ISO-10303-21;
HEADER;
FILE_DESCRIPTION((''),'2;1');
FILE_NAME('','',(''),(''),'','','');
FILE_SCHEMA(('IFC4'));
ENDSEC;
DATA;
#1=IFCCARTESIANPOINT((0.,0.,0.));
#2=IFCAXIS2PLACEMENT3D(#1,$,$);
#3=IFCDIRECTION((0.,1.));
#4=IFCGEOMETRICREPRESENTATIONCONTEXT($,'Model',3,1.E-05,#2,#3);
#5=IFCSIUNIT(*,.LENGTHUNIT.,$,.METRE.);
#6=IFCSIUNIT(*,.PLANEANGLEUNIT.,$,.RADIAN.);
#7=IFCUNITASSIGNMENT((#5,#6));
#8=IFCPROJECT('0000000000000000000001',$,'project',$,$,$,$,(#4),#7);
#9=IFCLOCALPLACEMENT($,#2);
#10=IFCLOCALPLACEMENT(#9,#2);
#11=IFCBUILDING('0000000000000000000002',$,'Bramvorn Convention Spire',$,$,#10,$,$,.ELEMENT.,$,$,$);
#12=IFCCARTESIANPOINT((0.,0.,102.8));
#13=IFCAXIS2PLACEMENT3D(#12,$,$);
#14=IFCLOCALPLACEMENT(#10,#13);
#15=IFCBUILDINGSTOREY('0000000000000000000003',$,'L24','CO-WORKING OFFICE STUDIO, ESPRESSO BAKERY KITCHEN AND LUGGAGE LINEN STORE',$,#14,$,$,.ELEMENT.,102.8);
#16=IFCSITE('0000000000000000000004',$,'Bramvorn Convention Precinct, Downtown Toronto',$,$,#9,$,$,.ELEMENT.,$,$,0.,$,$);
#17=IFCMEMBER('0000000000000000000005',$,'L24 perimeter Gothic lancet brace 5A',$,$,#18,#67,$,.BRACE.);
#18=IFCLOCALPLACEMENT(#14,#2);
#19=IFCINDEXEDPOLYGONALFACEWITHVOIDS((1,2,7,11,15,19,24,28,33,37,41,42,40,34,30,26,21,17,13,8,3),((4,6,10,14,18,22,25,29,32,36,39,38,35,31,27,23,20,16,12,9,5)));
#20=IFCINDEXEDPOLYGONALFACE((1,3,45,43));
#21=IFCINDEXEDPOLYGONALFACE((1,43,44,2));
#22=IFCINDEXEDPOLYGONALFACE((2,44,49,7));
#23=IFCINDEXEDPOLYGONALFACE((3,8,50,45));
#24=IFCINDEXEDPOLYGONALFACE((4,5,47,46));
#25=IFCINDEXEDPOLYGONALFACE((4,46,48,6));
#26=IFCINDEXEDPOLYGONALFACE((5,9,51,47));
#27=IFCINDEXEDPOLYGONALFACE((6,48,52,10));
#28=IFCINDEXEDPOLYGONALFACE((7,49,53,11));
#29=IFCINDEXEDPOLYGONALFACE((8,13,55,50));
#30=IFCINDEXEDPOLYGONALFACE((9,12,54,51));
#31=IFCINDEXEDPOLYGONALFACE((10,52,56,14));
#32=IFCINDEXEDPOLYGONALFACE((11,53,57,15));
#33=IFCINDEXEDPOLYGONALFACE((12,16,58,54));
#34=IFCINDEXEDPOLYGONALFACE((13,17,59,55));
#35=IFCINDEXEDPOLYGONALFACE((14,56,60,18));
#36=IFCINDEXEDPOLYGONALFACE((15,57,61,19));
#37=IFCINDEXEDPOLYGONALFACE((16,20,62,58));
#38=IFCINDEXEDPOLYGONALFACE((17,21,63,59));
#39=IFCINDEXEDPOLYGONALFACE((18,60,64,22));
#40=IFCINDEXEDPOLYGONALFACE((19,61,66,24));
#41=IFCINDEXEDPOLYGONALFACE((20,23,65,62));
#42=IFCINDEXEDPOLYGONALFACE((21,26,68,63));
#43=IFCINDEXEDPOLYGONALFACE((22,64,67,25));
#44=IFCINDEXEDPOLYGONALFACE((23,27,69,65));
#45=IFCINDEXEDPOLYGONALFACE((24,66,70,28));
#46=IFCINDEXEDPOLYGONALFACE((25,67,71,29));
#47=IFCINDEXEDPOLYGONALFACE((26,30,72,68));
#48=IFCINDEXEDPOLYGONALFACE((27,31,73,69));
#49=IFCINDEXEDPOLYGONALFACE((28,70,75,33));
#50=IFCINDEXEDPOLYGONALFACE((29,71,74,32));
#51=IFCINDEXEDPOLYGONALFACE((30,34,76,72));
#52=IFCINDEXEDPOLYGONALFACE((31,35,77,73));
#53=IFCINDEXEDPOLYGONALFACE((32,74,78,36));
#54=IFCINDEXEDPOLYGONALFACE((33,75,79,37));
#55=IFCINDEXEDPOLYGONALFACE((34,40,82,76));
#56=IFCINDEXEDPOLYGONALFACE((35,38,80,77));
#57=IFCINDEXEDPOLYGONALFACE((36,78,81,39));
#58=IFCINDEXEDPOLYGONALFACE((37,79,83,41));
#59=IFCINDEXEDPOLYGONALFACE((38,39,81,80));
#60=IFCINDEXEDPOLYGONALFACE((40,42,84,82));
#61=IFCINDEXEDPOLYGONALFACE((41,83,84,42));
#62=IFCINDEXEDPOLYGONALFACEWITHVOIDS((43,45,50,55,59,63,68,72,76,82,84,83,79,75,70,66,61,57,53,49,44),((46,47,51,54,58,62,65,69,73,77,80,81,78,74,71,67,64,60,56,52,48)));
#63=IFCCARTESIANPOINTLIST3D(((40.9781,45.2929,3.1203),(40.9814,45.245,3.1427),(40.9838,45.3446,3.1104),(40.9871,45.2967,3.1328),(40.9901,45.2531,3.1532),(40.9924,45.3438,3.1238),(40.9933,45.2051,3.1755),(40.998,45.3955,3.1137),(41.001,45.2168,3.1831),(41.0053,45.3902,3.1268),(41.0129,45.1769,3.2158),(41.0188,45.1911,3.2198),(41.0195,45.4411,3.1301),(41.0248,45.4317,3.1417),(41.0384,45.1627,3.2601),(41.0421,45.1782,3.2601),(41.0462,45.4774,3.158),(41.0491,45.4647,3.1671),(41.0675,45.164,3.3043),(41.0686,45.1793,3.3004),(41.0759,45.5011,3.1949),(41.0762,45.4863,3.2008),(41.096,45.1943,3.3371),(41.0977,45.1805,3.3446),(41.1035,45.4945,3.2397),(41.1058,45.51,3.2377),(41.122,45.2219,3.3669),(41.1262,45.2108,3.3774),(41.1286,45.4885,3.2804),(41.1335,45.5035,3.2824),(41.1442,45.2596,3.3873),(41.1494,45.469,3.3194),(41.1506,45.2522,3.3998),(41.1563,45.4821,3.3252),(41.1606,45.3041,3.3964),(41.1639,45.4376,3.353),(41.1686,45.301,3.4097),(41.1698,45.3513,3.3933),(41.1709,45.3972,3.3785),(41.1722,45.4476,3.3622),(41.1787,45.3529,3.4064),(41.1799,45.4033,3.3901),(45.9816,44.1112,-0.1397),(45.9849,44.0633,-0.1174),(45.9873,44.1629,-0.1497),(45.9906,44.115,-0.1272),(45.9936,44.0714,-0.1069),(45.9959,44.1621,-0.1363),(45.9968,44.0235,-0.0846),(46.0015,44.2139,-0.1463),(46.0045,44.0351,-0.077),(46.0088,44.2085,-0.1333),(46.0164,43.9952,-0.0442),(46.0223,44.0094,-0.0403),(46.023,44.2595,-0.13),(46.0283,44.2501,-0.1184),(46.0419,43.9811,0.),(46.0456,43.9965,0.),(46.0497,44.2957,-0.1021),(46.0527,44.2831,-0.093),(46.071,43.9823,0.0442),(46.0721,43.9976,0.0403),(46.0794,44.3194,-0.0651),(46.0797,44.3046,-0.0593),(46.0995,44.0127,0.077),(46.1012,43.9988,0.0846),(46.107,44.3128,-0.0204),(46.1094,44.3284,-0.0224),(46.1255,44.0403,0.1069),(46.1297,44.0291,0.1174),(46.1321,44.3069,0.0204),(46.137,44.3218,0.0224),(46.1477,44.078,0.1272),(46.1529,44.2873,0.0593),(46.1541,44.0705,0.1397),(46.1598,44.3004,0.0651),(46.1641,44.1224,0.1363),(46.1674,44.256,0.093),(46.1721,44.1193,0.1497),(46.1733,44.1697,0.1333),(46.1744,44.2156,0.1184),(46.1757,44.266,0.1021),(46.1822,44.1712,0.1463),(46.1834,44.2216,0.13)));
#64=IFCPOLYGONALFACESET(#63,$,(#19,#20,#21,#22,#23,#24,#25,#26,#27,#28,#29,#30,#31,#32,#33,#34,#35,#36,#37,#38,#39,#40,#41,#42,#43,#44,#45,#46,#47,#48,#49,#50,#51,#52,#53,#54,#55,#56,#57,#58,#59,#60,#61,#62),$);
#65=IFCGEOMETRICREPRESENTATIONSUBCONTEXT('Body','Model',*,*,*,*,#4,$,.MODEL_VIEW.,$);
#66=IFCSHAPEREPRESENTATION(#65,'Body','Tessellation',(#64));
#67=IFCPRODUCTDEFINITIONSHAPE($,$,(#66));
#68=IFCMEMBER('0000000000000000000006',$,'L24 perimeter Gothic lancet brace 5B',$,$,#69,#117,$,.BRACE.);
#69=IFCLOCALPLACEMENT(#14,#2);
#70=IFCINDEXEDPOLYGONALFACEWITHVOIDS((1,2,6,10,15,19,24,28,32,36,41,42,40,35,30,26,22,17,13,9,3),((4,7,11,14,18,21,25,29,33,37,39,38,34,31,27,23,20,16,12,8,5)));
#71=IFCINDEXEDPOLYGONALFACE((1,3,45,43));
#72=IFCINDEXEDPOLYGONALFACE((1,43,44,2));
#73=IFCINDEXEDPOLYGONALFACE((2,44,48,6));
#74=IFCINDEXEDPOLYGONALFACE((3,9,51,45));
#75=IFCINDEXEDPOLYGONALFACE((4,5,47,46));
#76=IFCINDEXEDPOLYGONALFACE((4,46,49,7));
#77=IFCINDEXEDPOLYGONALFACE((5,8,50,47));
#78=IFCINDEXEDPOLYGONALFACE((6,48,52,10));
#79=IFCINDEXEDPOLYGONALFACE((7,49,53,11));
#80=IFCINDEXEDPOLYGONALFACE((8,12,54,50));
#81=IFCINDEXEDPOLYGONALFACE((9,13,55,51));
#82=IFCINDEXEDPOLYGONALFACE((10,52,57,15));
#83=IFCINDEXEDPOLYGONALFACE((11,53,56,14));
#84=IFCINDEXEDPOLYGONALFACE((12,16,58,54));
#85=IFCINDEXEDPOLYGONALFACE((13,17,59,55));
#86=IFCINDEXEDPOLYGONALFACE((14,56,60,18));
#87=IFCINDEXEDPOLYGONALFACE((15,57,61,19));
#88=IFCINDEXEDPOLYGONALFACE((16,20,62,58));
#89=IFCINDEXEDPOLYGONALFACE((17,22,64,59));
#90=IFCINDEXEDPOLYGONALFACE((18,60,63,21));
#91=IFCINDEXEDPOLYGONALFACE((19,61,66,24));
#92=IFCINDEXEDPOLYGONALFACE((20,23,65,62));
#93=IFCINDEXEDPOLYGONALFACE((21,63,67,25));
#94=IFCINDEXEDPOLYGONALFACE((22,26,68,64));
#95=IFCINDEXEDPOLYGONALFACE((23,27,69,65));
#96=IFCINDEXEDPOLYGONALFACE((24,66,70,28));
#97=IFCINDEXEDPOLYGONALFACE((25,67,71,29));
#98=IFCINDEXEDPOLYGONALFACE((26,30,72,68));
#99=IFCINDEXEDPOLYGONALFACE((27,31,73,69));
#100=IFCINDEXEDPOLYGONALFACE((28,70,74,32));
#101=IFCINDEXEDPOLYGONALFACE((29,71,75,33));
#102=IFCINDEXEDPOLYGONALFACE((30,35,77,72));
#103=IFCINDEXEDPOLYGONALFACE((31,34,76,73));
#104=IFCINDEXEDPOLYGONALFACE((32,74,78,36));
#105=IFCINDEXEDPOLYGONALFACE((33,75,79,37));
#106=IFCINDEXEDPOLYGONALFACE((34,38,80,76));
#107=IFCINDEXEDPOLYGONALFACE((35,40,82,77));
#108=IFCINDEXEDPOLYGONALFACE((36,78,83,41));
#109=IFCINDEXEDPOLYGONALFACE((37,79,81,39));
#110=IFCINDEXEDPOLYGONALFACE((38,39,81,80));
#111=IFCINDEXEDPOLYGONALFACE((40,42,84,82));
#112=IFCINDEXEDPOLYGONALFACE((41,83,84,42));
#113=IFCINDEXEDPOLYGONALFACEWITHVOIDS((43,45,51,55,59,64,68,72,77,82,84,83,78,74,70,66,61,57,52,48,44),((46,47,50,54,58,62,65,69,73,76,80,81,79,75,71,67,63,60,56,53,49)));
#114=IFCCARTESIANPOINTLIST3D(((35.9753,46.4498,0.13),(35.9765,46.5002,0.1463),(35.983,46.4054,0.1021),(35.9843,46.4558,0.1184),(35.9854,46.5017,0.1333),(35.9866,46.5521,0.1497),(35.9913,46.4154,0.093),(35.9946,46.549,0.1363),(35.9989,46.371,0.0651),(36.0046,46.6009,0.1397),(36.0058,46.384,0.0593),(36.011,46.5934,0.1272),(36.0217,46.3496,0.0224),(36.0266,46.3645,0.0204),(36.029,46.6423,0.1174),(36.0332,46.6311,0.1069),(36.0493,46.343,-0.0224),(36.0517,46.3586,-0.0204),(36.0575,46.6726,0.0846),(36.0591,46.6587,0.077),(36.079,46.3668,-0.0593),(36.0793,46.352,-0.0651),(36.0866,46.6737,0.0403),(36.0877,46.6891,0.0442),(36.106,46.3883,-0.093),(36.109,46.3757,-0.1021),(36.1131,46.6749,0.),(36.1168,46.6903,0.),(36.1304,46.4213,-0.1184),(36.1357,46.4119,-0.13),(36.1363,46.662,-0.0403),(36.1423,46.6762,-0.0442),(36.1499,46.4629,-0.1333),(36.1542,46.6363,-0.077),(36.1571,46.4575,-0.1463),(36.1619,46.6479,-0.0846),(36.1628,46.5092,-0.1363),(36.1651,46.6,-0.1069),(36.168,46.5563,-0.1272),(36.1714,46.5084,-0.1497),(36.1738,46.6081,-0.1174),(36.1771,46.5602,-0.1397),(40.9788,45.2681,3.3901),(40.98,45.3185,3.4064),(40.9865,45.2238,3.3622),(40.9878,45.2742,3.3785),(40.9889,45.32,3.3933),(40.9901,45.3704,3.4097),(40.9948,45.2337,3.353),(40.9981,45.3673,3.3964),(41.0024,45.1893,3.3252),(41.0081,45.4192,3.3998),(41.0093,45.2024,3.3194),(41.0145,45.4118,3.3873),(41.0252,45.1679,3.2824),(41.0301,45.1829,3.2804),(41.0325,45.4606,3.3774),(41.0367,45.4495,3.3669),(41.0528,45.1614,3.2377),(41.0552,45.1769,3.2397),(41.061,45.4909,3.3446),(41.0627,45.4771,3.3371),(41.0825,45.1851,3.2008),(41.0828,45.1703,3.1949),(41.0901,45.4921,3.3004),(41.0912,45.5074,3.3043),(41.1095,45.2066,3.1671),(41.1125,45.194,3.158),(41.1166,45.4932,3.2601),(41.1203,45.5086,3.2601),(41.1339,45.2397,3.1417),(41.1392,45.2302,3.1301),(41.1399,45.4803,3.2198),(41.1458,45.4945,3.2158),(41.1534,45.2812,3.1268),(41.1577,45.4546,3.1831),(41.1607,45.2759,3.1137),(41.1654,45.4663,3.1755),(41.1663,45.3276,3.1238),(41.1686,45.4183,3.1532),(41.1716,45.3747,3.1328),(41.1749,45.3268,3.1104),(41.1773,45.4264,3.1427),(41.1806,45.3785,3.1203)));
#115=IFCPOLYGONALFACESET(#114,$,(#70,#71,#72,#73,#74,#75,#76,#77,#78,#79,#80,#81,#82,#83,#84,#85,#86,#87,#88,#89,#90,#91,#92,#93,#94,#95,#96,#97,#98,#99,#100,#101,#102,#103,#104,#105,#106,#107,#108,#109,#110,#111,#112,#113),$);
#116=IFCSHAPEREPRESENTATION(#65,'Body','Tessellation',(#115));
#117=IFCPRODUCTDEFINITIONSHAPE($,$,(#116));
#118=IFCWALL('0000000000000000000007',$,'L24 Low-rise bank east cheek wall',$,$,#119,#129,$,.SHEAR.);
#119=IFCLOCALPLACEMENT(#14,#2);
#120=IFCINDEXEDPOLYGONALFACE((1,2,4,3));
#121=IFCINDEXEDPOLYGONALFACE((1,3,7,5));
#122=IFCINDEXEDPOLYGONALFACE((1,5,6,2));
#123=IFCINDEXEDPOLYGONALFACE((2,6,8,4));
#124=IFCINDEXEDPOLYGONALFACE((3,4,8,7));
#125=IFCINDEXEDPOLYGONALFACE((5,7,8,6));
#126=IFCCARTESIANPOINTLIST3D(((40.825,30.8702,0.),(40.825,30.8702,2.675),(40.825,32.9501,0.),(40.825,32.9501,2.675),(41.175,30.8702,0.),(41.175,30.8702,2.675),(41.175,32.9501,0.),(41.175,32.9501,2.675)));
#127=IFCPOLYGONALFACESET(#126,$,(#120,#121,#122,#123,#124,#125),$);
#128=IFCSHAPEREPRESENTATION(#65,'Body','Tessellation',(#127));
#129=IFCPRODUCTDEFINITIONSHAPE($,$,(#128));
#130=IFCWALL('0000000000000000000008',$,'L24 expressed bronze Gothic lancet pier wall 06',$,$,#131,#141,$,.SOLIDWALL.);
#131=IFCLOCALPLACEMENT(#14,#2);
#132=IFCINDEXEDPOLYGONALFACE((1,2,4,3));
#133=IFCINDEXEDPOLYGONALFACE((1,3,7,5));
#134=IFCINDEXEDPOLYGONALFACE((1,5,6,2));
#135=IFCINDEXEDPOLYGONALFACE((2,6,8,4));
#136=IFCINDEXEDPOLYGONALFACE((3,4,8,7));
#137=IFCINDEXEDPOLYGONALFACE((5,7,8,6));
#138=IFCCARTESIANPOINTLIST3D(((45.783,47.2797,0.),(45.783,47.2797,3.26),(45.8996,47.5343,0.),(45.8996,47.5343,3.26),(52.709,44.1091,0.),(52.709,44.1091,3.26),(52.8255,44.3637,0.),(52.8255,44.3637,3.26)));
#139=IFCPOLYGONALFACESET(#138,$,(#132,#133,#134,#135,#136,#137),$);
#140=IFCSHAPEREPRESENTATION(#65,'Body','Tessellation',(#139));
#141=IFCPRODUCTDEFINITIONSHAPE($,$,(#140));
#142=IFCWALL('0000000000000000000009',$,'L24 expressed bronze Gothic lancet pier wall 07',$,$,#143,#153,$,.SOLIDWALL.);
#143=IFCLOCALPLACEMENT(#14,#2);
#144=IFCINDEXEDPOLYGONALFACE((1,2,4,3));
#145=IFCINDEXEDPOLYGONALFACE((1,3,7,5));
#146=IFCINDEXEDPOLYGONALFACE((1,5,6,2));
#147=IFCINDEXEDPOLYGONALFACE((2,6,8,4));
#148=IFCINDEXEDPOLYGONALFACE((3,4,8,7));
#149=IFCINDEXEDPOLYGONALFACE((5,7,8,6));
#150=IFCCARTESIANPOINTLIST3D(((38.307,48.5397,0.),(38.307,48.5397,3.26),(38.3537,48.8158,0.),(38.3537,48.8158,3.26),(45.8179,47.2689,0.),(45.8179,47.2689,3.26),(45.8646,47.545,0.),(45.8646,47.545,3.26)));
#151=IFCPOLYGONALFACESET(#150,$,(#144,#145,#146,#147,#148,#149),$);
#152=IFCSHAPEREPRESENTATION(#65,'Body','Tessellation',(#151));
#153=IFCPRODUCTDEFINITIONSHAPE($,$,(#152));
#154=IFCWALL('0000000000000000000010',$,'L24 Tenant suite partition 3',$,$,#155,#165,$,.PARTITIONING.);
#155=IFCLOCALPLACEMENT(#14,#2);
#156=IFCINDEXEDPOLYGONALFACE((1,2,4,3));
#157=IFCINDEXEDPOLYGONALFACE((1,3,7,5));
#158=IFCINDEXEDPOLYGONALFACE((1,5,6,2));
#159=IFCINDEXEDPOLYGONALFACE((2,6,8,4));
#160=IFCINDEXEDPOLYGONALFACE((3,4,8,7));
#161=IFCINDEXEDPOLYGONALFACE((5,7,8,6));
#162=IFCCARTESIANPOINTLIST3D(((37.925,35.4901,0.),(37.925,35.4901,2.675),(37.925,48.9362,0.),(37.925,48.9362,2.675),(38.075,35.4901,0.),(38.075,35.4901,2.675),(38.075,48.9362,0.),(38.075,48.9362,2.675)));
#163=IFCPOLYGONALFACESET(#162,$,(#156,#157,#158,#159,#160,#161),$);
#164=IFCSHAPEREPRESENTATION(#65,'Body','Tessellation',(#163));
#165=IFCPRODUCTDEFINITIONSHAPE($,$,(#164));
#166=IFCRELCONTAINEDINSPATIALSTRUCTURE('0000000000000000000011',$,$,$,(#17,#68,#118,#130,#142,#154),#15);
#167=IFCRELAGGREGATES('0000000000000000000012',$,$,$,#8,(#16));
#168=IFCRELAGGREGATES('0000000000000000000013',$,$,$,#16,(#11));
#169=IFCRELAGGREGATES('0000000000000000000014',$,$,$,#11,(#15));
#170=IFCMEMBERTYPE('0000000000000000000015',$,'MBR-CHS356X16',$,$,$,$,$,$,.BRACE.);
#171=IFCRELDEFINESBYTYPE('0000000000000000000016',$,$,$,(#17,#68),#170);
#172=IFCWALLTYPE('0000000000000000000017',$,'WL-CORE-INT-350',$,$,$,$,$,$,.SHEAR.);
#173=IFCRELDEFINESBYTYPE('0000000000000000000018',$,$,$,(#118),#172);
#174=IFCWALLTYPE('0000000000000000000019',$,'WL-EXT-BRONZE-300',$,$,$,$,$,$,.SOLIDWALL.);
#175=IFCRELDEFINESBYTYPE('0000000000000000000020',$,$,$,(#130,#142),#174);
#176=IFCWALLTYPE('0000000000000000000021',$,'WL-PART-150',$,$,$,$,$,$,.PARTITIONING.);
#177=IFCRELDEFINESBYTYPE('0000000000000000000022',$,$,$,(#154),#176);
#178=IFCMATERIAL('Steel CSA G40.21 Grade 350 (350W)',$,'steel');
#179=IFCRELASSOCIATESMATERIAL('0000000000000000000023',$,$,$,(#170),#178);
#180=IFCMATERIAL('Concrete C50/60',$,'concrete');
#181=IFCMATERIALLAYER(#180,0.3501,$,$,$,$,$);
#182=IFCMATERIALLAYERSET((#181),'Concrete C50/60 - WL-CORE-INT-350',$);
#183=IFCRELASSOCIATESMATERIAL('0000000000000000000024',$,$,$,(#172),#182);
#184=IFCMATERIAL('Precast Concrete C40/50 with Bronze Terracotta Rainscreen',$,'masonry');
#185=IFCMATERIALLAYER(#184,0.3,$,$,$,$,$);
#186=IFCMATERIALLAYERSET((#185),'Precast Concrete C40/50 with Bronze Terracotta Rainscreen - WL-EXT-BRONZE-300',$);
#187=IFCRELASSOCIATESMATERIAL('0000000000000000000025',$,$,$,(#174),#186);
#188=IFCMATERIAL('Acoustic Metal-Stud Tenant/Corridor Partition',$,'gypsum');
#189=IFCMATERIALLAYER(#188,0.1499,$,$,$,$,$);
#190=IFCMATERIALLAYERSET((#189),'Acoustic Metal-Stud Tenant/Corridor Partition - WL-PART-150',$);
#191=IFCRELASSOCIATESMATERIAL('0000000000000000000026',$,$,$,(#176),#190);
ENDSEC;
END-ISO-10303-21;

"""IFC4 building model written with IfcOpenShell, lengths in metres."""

from ifc_helpers import new_model, si_unit, direction, frame, frame_2d, origin, origin_2d, place, context, subcontext, project, spatial, rectangle, hollow_circle, extrude, material, layer, layer_set, material_profile, profile_set, type_object, element, save


model = new_model("IFC4")

# Units and contexts
model_context = context("Model", 3, precision=1e-05, world=origin(), true_north=direction((0.0, 1.0)))
body_context = subcontext(model_context, "Body", "Model", "MODEL_VIEW")
ifc_project = project(units=[si_unit("LENGTHUNIT", "METRE"), si_unit("PLANEANGLEUNIT", "RADIAN")], contexts=[model_context])

# Site, building, storey
site_placement = place(None, origin())
site = spatial("IfcSite", under=ifc_project, at=site_placement, Name="Bramvorn Convention Precinct, Downtown Toronto", CompositionType="ELEMENT", RefElevation=0.0)
building_placement = place(site_placement, origin())
building = spatial("IfcBuilding", under=site, at=building_placement, Name="Bramvorn Convention Spire", CompositionType="ELEMENT")
storey_placement = place(building_placement, frame((0.0, 0.0, 102.8)))
storey = spatial("IfcBuildingStorey", under=building, at=storey_placement, Name="L24", Description="CO-WORKING OFFICE STUDIO, ESPRESSO BAKERY KITCHEN AND LUGGAGE LINEN STORE", CompositionType="ELEMENT", Elevation=102.8)

# Shared definitions
ifc_material_1 = material(Name="Steel CSA G40.21 Grade 350 (350W)", Category="steel")

# Members
ifc_material_profile_1 = material_profile(ifc_material_1, hollow_circle(Radius=0.1777, WallThickness=0.0159, at=origin_2d()))
ifc_profile_set_1 = profile_set([ifc_material_profile_1], Name="Steel CSA G40.21 Grade 350 (350W) - CHS356X16")
member_type = type_object("IfcMemberType", Name="MBR-CHS356X16", PredefinedType="BRACE", material=ifc_profile_set_1)
for number, where, z_axis, x_axis, name in (
    (1, (46.0828, 44.1541, 0.0), (-0.821911, 0.194108, 0.535522), (-0.229844, -0.973228, 0.0), "L24 perimeter Gothic lancet brace 5A"),
    (2, (36.0759, 46.5173, 0.0), (0.821911, -0.194108, 0.535522), (0.229844, 0.973228, 0.0), "L24 perimeter Gothic lancet brace 5B"),
):
    element("IfcMember", number, at=place(storey_placement, frame(where, z_axis=z_axis, x_axis=x_axis)), inside=storey, type_object=member_type, Name=name, PredefinedType="BRACE", context=body_context, shape_type="SweptSolid", body=[
        extrude(hollow_circle(Radius=0.1777, WallThickness=0.0159, at=origin_2d()), origin(), (0.0, 0.0, 1.0), 6.0876),
    ])

# Shared definitions
ifc_material_2 = material(Name="Concrete C50/60", Category="concrete")
ifc_layer_1 = layer(ifc_material_2, 0.3501)
ifc_layer_set_1 = layer_set([ifc_layer_1], Name="Concrete C50/60 - WL-CORE-INT-350")
wall_type_1 = type_object("IfcWallType", Name="WL-CORE-INT-350", PredefinedType="SHEAR", material=ifc_layer_set_1)

# Walls
wall_1_placement = place(storey_placement, frame((41.0, 30.8701, 0.0), z_axis=(0.0, 0.0, 1.0), x_axis=(0.0, 1.0, 0.0)))
element("IfcWall", 3, at=wall_1_placement, inside=storey, type_object=wall_type_1, Name="L24 Low-rise bank east cheek wall", PredefinedType="SHEAR", context=body_context, shape_type="SweptSolid", body=[
    extrude(rectangle(XDim=2.0798, YDim=0.3501, at=frame_2d((1.04, 0.0))), origin(), (0.0, 0.0, 1.0), 2.675),
])
ifc_material_3 = material(Name="Precast Concrete C40/50 with Bronze Terracotta Rainscreen", Category="masonry")
ifc_layer_2 = layer(ifc_material_3, 0.3)
ifc_layer_set_2 = layer_set([ifc_layer_2], Name="Precast Concrete C40/50 with Bronze Terracotta Rainscreen - WL-EXT-BRONZE-300")
wall_type_2 = type_object("IfcWallType", Name="WL-EXT-BRONZE-300", PredefinedType="SOLIDWALL", material=ifc_layer_set_2)
wall_2_placement = place(storey_placement, frame((45.8413, 47.407, 0.0), z_axis=(0.0, 0.0, 1.0), x_axis=(0.909252, -0.416245, 0.0)))
element("IfcWall", 4, at=wall_2_placement, inside=storey, type_object=wall_type_2, Name="L24 expressed bronze Gothic lancet pier wall 06", PredefinedType="SOLIDWALL", context=body_context, shape_type="SweptSolid", body=[
    extrude(rectangle(XDim=7.6172, YDim=0.28, at=frame_2d((3.8086, 0.0))), origin(), (0.0, 0.0, 1.0), 3.26),
])
wall_3_placement = place(storey_placement, frame((38.3303, 48.6777, 0.0), z_axis=(0.0, 0.0, 1.0), x_axis=(0.985988, -0.166815, 0.0)))
element("IfcWall", 5, at=wall_3_placement, inside=storey, type_object=wall_type_2, Name="L24 expressed bronze Gothic lancet pier wall 07", PredefinedType="SOLIDWALL", context=body_context, shape_type="SweptSolid", body=[
    extrude(rectangle(XDim=7.6177, YDim=0.28, at=frame_2d((3.8088, 0.0))), origin(), (0.0, 0.0, 1.0), 3.26),
])
ifc_material_4 = material(Name="Acoustic Metal-Stud Tenant/Corridor Partition", Category="gypsum")
ifc_layer_3 = layer(ifc_material_4, 0.1499)
ifc_layer_set_3 = layer_set([ifc_layer_3], Name="Acoustic Metal-Stud Tenant/Corridor Partition - WL-PART-150")
wall_type_3 = type_object("IfcWallType", Name="WL-PART-150", PredefinedType="PARTITIONING", material=ifc_layer_set_3)
wall_4_placement = place(storey_placement, frame((38.0, 35.49, 0.0), z_axis=(0.0, 0.0, 1.0), x_axis=(0.0, 1.0, 0.0)))
element("IfcWall", 6, at=wall_4_placement, inside=storey, type_object=wall_type_3, Name="L24 Tenant suite partition 3", PredefinedType="PARTITIONING", context=body_context, shape_type="SweptSolid", body=[
    extrude(rectangle(XDim=13.446, YDim=0.1499, at=frame_2d((6.7231, 0.0))), origin(), (0.0, 0.0, 1.0), 2.675),
])

save(model, "model.ifc")
